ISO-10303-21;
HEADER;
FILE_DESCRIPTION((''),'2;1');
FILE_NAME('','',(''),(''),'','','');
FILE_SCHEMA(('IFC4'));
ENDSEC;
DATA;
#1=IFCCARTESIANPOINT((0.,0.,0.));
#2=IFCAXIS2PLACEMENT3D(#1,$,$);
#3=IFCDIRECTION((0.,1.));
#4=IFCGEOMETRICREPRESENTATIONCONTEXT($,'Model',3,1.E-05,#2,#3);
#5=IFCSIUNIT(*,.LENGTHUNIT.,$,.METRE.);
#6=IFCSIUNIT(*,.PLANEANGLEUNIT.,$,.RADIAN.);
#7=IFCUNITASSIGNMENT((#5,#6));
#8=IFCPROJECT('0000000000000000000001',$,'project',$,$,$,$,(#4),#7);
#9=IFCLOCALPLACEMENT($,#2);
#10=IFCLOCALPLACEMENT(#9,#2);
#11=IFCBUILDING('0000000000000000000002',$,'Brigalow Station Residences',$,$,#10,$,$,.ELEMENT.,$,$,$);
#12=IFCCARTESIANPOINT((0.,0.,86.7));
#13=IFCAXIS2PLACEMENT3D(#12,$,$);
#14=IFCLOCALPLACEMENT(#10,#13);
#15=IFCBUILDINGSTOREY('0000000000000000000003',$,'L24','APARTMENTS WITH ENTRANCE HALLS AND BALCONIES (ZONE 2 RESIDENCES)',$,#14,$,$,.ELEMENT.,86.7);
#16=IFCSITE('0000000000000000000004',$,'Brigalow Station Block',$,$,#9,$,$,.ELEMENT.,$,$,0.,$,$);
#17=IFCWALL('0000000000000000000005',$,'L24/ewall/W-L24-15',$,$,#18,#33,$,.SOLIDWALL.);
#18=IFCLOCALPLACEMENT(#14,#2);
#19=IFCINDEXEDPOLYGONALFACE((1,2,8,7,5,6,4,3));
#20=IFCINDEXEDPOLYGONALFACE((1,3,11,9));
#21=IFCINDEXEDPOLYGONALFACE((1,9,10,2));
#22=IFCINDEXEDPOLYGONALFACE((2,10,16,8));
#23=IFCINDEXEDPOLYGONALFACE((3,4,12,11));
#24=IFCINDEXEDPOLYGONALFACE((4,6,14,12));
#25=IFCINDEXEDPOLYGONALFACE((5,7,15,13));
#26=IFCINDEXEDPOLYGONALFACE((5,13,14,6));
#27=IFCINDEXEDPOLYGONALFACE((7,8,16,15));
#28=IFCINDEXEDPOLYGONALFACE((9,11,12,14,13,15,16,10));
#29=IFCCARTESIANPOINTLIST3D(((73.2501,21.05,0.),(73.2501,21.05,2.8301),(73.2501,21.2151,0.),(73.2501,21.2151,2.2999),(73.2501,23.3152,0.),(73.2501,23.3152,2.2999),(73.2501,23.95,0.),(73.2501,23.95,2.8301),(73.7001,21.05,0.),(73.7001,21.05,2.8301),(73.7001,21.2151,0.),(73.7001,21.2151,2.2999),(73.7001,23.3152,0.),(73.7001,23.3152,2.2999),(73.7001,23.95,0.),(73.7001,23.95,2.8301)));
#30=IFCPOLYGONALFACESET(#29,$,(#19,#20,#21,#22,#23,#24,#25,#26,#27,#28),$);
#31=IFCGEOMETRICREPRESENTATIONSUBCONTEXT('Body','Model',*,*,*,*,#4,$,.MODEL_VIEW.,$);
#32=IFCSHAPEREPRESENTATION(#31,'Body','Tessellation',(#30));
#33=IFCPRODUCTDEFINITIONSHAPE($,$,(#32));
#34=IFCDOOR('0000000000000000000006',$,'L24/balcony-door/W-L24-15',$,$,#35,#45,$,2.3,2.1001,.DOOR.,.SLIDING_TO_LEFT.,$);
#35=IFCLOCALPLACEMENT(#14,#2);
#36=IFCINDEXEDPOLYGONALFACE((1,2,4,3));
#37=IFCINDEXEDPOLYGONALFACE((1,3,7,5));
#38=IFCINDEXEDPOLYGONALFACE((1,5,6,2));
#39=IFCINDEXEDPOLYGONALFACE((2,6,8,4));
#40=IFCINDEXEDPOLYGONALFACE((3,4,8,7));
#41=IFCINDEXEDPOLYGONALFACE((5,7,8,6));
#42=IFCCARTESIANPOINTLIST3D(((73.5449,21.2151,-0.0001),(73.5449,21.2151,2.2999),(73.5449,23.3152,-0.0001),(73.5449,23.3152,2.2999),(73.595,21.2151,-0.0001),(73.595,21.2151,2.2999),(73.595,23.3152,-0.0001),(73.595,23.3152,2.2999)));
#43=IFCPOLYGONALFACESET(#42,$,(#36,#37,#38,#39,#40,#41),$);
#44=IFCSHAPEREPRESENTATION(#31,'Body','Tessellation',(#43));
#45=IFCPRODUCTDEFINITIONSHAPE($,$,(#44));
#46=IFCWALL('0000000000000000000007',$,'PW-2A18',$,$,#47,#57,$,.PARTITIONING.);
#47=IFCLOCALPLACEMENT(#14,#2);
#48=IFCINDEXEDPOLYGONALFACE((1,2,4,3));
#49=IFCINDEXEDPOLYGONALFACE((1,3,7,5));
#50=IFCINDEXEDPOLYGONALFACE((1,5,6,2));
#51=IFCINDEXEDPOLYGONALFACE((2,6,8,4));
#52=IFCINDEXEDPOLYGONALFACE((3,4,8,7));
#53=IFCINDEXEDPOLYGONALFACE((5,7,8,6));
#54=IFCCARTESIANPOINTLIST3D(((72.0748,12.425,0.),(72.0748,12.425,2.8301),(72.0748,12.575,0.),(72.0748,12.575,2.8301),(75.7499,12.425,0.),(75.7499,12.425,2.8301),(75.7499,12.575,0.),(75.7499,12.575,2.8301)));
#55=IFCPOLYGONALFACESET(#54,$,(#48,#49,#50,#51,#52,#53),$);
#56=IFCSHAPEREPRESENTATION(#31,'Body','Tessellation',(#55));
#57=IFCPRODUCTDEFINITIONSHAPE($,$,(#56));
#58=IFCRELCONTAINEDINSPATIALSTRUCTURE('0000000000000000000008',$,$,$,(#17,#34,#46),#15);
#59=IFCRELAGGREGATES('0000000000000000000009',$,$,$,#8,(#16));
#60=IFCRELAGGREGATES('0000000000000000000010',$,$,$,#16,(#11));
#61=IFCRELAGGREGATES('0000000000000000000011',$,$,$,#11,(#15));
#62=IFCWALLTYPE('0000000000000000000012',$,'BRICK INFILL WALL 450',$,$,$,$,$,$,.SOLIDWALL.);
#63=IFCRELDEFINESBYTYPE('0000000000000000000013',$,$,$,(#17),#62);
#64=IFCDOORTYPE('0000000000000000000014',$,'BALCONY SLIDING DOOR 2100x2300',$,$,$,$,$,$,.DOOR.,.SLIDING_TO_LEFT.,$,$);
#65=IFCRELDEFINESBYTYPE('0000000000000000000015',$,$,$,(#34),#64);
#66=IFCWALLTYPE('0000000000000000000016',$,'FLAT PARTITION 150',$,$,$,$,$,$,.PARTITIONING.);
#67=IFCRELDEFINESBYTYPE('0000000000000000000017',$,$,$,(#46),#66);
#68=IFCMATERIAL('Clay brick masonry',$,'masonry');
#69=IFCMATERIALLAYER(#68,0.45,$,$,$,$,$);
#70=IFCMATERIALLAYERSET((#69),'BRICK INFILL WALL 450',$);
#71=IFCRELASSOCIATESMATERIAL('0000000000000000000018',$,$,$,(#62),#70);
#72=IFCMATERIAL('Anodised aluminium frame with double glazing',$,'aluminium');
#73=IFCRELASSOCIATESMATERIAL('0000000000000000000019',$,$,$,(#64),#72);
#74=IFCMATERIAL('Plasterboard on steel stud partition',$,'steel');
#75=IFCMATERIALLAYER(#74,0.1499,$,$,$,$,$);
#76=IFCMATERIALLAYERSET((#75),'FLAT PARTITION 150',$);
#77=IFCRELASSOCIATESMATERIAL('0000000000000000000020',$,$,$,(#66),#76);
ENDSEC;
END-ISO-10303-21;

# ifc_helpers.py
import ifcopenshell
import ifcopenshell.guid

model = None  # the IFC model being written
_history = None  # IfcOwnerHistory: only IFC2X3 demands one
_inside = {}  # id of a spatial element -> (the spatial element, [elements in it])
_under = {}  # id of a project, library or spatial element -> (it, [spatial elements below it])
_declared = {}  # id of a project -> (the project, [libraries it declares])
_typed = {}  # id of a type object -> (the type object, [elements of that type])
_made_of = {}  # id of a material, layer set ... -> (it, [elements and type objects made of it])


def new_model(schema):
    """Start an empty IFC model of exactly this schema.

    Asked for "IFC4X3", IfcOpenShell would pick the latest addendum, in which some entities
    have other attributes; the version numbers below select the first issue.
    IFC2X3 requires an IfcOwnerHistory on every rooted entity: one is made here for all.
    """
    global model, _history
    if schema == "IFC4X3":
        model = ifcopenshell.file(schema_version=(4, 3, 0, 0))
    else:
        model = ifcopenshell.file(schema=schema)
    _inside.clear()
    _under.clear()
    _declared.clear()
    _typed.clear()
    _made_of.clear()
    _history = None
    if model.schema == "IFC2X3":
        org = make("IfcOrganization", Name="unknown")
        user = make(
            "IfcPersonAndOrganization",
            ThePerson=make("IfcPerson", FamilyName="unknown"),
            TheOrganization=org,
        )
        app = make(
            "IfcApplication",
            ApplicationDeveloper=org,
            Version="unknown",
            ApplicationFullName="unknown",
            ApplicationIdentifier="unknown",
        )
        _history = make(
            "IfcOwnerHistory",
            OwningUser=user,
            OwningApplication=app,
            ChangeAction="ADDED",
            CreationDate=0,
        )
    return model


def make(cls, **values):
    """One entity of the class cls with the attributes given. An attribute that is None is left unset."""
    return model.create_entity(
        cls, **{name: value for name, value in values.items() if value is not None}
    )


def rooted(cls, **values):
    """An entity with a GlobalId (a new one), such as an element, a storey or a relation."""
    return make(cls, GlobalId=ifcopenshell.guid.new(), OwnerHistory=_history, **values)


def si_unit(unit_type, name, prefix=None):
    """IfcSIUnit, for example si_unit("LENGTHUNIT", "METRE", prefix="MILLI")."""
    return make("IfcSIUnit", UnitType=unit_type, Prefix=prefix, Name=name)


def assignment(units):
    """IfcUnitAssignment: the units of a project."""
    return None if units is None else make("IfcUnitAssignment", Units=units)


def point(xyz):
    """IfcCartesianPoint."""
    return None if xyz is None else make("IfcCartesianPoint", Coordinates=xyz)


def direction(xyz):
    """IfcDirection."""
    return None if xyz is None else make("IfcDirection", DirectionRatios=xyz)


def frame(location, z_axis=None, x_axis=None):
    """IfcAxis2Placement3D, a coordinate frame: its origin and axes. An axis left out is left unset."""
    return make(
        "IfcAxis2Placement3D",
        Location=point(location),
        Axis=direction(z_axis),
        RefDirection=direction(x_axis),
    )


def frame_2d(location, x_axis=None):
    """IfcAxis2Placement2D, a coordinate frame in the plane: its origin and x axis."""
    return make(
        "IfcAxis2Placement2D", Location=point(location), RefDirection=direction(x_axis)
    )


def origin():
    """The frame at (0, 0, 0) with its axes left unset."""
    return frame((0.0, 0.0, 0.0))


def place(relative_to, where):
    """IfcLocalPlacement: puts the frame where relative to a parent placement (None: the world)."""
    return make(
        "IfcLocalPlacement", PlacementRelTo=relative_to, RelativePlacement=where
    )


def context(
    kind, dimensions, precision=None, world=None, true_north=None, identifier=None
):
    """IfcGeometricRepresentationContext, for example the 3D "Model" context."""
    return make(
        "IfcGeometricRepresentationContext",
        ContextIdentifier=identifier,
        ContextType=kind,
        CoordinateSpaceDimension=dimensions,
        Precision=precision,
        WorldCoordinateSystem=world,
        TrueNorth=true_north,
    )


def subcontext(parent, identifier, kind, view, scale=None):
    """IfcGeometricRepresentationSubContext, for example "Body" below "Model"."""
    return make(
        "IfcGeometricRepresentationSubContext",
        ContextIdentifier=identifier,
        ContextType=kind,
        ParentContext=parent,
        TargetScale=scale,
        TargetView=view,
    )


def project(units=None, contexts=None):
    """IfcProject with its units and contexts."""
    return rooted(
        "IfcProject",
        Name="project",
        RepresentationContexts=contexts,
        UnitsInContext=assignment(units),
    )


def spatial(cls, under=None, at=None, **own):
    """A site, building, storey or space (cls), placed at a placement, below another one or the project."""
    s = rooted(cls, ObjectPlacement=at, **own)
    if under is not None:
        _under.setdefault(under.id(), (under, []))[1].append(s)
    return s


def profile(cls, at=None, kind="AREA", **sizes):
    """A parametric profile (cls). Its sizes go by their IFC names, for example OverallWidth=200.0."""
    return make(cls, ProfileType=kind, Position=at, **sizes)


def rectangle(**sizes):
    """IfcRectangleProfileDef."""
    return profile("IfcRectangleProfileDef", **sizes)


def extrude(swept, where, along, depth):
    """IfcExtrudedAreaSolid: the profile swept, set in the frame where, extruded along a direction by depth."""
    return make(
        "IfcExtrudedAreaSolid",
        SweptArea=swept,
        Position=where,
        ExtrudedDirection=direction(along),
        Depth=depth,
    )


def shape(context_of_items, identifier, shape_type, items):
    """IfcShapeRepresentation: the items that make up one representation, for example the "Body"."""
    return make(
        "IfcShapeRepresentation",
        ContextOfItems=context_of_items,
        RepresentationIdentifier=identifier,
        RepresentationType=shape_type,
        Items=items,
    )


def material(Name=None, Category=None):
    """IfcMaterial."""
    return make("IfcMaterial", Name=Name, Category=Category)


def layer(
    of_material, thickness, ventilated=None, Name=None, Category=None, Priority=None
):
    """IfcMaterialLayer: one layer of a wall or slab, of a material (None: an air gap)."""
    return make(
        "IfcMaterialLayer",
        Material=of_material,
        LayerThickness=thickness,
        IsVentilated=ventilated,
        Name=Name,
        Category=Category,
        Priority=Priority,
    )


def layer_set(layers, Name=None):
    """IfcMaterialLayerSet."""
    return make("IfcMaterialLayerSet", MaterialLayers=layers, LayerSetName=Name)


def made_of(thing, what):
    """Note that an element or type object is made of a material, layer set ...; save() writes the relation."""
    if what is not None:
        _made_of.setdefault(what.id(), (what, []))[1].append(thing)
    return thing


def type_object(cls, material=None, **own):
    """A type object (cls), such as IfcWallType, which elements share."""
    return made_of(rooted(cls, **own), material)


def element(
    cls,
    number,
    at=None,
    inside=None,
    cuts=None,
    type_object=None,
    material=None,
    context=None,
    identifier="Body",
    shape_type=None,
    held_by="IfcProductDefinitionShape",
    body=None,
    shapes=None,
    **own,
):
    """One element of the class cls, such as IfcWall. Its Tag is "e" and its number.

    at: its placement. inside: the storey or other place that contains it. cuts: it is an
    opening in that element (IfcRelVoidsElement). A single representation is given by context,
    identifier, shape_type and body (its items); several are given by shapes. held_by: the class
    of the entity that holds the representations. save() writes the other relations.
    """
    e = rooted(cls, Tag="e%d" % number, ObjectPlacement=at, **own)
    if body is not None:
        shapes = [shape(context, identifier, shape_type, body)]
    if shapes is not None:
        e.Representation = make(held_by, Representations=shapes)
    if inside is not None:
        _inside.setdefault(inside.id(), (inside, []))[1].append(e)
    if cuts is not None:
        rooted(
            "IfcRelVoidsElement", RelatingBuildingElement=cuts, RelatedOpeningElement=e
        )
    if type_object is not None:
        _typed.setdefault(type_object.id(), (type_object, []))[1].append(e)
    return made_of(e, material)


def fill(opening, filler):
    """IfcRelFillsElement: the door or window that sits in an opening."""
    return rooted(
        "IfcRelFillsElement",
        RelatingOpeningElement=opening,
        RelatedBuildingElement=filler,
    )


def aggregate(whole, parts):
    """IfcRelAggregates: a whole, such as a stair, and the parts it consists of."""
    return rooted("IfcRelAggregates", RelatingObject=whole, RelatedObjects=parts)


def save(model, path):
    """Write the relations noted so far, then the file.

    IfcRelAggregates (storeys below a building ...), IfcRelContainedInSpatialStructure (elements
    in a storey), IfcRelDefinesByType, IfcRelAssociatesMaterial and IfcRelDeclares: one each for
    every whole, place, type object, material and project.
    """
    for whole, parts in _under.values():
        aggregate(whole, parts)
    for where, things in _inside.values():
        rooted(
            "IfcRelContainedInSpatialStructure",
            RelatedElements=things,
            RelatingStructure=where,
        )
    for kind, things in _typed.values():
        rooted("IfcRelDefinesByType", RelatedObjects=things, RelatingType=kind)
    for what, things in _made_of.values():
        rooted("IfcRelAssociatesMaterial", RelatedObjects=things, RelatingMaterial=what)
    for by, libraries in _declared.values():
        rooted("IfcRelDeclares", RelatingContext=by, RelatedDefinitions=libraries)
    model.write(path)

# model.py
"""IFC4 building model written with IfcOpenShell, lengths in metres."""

from ifc_helpers import new_model, si_unit, direction, frame, frame_2d, origin, place, context, subcontext, project, spatial, rectangle, extrude, material, layer, layer_set, type_object, element, fill, save


model = new_model("IFC4")

# Units and contexts
model_context = context("Model", 3, precision=1e-05, world=origin(), true_north=direction((0.0, 1.0)))
body_context = subcontext(model_context, "Body", "Model", "MODEL_VIEW")
ifc_project = project(units=[si_unit("LENGTHUNIT", "METRE"), si_unit("PLANEANGLEUNIT", "RADIAN")], contexts=[model_context])

# Site, building, storey
site_placement = place(None, origin())
site = spatial("IfcSite", under=ifc_project, at=site_placement, Name="Brigalow Station Block", CompositionType="ELEMENT", RefElevation=0.0)
building_placement = place(site_placement, origin())
building = spatial("IfcBuilding", under=site, at=building_placement, Name="Brigalow Station Residences", CompositionType="ELEMENT")
storey_placement = place(building_placement, frame((0.0, 0.0, 86.7)))
storey = spatial("IfcBuildingStorey", under=building, at=storey_placement, Name="L24", Description="APARTMENTS WITH ENTRANCE HALLS AND BALCONIES (ZONE 2 RESIDENCES)", CompositionType="ELEMENT", Elevation=86.7)

# Shared definitions
ifc_material_1 = material(Name="Clay brick masonry", Category="masonry")
ifc_layer_1 = layer(ifc_material_1, 0.45)
ifc_layer_set_1 = layer_set([ifc_layer_1], Name="BRICK INFILL WALL 450")
wall_type_1 = type_object("IfcWallType", Name="BRICK INFILL WALL 450", PredefinedType="SOLIDWALL", material=ifc_layer_set_1)

# Wall, opening, door
wall_1_placement = place(storey_placement, frame((73.4751, 21.05, 0.0), z_axis=(0.0, 0.0, 1.0), x_axis=(0.0, 1.0, 0.0)))
wall_1 = element("IfcWall", 1, at=wall_1_placement, inside=storey, type_object=wall_type_1, Name="L24/ewall/W-L24-15", PredefinedType="SOLIDWALL", context=body_context, shape_type="SweptSolid", body=[
    extrude(rectangle(XDim=2.8999, YDim=0.45, at=frame_2d((1.45, 0.0))), origin(), (0.0, 0.0, 1.0), 2.8301),
])
opening_1_placement = place(wall_1_placement, frame((0.165, 0.0, 0.0)))
opening_1 = element("IfcOpeningElement", 2, at=opening_1_placement, cuts=wall_1, PredefinedType="OPENING", context=body_context, shape_type="SweptSolid", body=[
    extrude(rectangle(XDim=2.1001, YDim=2.3, at=frame_2d((1.05, 1.1499))), frame((0.0, 0.2349, 0.0), z_axis=(0.0, -1.0, 0.0), x_axis=(1.0, 0.0, 0.0)), (0.0, 0.0, 1.0), 0.47),
])
ifc_material_2 = material(Name="Anodised aluminium frame with double glazing", Category="aluminium")
door_type_1 = type_object("IfcDoorType", Name="BALCONY SLIDING DOOR 2100x2300", OperationType="SLIDING_TO_LEFT", PredefinedType="DOOR", material=ifc_material_2)
door_1_placement = place(opening_1_placement, origin())
door_1 = element("IfcDoor", 3, at=door_1_placement, inside=storey, type_object=door_type_1, Name="L24/balcony-door/W-L24-15", OperationType="SLIDING_TO_LEFT", OverallHeight=2.3, OverallWidth=2.1001, PredefinedType="DOOR", context=body_context, shape_type="SweptSolid", body=[
    extrude(rectangle(XDim=2.1001, YDim=2.3, at=frame_2d((1.05, 1.1499))), frame((0.0, -0.0698, 0.0), z_axis=(0.0, -1.0, 0.0), x_axis=(1.0, 0.0, 0.0)), (0.0, 0.0, 1.0), 0.05),
])
fill(opening_1, door_1)

# Wall
ifc_material_3 = material(Name="Plasterboard on steel stud partition", Category="steel")
ifc_layer_2 = layer(ifc_material_3, 0.1499)
ifc_layer_set_2 = layer_set([ifc_layer_2], Name="FLAT PARTITION 150")
wall_type_2 = type_object("IfcWallType", Name="FLAT PARTITION 150", PredefinedType="PARTITIONING", material=ifc_layer_set_2)
wall_2_placement = place(storey_placement, frame((72.075, 12.5, 0.0), z_axis=(0.0, 0.0, 1.0), x_axis=(1.0, 0.0, 0.0)))
element("IfcWall", 4, at=wall_2_placement, inside=storey, type_object=wall_type_2, Name="PW-2A18", PredefinedType="PARTITIONING", context=body_context, shape_type="SweptSolid", body=[
    extrude(rectangle(XDim=3.675, YDim=0.1499, at=frame_2d((1.8374, 0.0))), origin(), (0.0, 0.0, 1.0), 2.8301),
])

save(model, "model.ifc")
